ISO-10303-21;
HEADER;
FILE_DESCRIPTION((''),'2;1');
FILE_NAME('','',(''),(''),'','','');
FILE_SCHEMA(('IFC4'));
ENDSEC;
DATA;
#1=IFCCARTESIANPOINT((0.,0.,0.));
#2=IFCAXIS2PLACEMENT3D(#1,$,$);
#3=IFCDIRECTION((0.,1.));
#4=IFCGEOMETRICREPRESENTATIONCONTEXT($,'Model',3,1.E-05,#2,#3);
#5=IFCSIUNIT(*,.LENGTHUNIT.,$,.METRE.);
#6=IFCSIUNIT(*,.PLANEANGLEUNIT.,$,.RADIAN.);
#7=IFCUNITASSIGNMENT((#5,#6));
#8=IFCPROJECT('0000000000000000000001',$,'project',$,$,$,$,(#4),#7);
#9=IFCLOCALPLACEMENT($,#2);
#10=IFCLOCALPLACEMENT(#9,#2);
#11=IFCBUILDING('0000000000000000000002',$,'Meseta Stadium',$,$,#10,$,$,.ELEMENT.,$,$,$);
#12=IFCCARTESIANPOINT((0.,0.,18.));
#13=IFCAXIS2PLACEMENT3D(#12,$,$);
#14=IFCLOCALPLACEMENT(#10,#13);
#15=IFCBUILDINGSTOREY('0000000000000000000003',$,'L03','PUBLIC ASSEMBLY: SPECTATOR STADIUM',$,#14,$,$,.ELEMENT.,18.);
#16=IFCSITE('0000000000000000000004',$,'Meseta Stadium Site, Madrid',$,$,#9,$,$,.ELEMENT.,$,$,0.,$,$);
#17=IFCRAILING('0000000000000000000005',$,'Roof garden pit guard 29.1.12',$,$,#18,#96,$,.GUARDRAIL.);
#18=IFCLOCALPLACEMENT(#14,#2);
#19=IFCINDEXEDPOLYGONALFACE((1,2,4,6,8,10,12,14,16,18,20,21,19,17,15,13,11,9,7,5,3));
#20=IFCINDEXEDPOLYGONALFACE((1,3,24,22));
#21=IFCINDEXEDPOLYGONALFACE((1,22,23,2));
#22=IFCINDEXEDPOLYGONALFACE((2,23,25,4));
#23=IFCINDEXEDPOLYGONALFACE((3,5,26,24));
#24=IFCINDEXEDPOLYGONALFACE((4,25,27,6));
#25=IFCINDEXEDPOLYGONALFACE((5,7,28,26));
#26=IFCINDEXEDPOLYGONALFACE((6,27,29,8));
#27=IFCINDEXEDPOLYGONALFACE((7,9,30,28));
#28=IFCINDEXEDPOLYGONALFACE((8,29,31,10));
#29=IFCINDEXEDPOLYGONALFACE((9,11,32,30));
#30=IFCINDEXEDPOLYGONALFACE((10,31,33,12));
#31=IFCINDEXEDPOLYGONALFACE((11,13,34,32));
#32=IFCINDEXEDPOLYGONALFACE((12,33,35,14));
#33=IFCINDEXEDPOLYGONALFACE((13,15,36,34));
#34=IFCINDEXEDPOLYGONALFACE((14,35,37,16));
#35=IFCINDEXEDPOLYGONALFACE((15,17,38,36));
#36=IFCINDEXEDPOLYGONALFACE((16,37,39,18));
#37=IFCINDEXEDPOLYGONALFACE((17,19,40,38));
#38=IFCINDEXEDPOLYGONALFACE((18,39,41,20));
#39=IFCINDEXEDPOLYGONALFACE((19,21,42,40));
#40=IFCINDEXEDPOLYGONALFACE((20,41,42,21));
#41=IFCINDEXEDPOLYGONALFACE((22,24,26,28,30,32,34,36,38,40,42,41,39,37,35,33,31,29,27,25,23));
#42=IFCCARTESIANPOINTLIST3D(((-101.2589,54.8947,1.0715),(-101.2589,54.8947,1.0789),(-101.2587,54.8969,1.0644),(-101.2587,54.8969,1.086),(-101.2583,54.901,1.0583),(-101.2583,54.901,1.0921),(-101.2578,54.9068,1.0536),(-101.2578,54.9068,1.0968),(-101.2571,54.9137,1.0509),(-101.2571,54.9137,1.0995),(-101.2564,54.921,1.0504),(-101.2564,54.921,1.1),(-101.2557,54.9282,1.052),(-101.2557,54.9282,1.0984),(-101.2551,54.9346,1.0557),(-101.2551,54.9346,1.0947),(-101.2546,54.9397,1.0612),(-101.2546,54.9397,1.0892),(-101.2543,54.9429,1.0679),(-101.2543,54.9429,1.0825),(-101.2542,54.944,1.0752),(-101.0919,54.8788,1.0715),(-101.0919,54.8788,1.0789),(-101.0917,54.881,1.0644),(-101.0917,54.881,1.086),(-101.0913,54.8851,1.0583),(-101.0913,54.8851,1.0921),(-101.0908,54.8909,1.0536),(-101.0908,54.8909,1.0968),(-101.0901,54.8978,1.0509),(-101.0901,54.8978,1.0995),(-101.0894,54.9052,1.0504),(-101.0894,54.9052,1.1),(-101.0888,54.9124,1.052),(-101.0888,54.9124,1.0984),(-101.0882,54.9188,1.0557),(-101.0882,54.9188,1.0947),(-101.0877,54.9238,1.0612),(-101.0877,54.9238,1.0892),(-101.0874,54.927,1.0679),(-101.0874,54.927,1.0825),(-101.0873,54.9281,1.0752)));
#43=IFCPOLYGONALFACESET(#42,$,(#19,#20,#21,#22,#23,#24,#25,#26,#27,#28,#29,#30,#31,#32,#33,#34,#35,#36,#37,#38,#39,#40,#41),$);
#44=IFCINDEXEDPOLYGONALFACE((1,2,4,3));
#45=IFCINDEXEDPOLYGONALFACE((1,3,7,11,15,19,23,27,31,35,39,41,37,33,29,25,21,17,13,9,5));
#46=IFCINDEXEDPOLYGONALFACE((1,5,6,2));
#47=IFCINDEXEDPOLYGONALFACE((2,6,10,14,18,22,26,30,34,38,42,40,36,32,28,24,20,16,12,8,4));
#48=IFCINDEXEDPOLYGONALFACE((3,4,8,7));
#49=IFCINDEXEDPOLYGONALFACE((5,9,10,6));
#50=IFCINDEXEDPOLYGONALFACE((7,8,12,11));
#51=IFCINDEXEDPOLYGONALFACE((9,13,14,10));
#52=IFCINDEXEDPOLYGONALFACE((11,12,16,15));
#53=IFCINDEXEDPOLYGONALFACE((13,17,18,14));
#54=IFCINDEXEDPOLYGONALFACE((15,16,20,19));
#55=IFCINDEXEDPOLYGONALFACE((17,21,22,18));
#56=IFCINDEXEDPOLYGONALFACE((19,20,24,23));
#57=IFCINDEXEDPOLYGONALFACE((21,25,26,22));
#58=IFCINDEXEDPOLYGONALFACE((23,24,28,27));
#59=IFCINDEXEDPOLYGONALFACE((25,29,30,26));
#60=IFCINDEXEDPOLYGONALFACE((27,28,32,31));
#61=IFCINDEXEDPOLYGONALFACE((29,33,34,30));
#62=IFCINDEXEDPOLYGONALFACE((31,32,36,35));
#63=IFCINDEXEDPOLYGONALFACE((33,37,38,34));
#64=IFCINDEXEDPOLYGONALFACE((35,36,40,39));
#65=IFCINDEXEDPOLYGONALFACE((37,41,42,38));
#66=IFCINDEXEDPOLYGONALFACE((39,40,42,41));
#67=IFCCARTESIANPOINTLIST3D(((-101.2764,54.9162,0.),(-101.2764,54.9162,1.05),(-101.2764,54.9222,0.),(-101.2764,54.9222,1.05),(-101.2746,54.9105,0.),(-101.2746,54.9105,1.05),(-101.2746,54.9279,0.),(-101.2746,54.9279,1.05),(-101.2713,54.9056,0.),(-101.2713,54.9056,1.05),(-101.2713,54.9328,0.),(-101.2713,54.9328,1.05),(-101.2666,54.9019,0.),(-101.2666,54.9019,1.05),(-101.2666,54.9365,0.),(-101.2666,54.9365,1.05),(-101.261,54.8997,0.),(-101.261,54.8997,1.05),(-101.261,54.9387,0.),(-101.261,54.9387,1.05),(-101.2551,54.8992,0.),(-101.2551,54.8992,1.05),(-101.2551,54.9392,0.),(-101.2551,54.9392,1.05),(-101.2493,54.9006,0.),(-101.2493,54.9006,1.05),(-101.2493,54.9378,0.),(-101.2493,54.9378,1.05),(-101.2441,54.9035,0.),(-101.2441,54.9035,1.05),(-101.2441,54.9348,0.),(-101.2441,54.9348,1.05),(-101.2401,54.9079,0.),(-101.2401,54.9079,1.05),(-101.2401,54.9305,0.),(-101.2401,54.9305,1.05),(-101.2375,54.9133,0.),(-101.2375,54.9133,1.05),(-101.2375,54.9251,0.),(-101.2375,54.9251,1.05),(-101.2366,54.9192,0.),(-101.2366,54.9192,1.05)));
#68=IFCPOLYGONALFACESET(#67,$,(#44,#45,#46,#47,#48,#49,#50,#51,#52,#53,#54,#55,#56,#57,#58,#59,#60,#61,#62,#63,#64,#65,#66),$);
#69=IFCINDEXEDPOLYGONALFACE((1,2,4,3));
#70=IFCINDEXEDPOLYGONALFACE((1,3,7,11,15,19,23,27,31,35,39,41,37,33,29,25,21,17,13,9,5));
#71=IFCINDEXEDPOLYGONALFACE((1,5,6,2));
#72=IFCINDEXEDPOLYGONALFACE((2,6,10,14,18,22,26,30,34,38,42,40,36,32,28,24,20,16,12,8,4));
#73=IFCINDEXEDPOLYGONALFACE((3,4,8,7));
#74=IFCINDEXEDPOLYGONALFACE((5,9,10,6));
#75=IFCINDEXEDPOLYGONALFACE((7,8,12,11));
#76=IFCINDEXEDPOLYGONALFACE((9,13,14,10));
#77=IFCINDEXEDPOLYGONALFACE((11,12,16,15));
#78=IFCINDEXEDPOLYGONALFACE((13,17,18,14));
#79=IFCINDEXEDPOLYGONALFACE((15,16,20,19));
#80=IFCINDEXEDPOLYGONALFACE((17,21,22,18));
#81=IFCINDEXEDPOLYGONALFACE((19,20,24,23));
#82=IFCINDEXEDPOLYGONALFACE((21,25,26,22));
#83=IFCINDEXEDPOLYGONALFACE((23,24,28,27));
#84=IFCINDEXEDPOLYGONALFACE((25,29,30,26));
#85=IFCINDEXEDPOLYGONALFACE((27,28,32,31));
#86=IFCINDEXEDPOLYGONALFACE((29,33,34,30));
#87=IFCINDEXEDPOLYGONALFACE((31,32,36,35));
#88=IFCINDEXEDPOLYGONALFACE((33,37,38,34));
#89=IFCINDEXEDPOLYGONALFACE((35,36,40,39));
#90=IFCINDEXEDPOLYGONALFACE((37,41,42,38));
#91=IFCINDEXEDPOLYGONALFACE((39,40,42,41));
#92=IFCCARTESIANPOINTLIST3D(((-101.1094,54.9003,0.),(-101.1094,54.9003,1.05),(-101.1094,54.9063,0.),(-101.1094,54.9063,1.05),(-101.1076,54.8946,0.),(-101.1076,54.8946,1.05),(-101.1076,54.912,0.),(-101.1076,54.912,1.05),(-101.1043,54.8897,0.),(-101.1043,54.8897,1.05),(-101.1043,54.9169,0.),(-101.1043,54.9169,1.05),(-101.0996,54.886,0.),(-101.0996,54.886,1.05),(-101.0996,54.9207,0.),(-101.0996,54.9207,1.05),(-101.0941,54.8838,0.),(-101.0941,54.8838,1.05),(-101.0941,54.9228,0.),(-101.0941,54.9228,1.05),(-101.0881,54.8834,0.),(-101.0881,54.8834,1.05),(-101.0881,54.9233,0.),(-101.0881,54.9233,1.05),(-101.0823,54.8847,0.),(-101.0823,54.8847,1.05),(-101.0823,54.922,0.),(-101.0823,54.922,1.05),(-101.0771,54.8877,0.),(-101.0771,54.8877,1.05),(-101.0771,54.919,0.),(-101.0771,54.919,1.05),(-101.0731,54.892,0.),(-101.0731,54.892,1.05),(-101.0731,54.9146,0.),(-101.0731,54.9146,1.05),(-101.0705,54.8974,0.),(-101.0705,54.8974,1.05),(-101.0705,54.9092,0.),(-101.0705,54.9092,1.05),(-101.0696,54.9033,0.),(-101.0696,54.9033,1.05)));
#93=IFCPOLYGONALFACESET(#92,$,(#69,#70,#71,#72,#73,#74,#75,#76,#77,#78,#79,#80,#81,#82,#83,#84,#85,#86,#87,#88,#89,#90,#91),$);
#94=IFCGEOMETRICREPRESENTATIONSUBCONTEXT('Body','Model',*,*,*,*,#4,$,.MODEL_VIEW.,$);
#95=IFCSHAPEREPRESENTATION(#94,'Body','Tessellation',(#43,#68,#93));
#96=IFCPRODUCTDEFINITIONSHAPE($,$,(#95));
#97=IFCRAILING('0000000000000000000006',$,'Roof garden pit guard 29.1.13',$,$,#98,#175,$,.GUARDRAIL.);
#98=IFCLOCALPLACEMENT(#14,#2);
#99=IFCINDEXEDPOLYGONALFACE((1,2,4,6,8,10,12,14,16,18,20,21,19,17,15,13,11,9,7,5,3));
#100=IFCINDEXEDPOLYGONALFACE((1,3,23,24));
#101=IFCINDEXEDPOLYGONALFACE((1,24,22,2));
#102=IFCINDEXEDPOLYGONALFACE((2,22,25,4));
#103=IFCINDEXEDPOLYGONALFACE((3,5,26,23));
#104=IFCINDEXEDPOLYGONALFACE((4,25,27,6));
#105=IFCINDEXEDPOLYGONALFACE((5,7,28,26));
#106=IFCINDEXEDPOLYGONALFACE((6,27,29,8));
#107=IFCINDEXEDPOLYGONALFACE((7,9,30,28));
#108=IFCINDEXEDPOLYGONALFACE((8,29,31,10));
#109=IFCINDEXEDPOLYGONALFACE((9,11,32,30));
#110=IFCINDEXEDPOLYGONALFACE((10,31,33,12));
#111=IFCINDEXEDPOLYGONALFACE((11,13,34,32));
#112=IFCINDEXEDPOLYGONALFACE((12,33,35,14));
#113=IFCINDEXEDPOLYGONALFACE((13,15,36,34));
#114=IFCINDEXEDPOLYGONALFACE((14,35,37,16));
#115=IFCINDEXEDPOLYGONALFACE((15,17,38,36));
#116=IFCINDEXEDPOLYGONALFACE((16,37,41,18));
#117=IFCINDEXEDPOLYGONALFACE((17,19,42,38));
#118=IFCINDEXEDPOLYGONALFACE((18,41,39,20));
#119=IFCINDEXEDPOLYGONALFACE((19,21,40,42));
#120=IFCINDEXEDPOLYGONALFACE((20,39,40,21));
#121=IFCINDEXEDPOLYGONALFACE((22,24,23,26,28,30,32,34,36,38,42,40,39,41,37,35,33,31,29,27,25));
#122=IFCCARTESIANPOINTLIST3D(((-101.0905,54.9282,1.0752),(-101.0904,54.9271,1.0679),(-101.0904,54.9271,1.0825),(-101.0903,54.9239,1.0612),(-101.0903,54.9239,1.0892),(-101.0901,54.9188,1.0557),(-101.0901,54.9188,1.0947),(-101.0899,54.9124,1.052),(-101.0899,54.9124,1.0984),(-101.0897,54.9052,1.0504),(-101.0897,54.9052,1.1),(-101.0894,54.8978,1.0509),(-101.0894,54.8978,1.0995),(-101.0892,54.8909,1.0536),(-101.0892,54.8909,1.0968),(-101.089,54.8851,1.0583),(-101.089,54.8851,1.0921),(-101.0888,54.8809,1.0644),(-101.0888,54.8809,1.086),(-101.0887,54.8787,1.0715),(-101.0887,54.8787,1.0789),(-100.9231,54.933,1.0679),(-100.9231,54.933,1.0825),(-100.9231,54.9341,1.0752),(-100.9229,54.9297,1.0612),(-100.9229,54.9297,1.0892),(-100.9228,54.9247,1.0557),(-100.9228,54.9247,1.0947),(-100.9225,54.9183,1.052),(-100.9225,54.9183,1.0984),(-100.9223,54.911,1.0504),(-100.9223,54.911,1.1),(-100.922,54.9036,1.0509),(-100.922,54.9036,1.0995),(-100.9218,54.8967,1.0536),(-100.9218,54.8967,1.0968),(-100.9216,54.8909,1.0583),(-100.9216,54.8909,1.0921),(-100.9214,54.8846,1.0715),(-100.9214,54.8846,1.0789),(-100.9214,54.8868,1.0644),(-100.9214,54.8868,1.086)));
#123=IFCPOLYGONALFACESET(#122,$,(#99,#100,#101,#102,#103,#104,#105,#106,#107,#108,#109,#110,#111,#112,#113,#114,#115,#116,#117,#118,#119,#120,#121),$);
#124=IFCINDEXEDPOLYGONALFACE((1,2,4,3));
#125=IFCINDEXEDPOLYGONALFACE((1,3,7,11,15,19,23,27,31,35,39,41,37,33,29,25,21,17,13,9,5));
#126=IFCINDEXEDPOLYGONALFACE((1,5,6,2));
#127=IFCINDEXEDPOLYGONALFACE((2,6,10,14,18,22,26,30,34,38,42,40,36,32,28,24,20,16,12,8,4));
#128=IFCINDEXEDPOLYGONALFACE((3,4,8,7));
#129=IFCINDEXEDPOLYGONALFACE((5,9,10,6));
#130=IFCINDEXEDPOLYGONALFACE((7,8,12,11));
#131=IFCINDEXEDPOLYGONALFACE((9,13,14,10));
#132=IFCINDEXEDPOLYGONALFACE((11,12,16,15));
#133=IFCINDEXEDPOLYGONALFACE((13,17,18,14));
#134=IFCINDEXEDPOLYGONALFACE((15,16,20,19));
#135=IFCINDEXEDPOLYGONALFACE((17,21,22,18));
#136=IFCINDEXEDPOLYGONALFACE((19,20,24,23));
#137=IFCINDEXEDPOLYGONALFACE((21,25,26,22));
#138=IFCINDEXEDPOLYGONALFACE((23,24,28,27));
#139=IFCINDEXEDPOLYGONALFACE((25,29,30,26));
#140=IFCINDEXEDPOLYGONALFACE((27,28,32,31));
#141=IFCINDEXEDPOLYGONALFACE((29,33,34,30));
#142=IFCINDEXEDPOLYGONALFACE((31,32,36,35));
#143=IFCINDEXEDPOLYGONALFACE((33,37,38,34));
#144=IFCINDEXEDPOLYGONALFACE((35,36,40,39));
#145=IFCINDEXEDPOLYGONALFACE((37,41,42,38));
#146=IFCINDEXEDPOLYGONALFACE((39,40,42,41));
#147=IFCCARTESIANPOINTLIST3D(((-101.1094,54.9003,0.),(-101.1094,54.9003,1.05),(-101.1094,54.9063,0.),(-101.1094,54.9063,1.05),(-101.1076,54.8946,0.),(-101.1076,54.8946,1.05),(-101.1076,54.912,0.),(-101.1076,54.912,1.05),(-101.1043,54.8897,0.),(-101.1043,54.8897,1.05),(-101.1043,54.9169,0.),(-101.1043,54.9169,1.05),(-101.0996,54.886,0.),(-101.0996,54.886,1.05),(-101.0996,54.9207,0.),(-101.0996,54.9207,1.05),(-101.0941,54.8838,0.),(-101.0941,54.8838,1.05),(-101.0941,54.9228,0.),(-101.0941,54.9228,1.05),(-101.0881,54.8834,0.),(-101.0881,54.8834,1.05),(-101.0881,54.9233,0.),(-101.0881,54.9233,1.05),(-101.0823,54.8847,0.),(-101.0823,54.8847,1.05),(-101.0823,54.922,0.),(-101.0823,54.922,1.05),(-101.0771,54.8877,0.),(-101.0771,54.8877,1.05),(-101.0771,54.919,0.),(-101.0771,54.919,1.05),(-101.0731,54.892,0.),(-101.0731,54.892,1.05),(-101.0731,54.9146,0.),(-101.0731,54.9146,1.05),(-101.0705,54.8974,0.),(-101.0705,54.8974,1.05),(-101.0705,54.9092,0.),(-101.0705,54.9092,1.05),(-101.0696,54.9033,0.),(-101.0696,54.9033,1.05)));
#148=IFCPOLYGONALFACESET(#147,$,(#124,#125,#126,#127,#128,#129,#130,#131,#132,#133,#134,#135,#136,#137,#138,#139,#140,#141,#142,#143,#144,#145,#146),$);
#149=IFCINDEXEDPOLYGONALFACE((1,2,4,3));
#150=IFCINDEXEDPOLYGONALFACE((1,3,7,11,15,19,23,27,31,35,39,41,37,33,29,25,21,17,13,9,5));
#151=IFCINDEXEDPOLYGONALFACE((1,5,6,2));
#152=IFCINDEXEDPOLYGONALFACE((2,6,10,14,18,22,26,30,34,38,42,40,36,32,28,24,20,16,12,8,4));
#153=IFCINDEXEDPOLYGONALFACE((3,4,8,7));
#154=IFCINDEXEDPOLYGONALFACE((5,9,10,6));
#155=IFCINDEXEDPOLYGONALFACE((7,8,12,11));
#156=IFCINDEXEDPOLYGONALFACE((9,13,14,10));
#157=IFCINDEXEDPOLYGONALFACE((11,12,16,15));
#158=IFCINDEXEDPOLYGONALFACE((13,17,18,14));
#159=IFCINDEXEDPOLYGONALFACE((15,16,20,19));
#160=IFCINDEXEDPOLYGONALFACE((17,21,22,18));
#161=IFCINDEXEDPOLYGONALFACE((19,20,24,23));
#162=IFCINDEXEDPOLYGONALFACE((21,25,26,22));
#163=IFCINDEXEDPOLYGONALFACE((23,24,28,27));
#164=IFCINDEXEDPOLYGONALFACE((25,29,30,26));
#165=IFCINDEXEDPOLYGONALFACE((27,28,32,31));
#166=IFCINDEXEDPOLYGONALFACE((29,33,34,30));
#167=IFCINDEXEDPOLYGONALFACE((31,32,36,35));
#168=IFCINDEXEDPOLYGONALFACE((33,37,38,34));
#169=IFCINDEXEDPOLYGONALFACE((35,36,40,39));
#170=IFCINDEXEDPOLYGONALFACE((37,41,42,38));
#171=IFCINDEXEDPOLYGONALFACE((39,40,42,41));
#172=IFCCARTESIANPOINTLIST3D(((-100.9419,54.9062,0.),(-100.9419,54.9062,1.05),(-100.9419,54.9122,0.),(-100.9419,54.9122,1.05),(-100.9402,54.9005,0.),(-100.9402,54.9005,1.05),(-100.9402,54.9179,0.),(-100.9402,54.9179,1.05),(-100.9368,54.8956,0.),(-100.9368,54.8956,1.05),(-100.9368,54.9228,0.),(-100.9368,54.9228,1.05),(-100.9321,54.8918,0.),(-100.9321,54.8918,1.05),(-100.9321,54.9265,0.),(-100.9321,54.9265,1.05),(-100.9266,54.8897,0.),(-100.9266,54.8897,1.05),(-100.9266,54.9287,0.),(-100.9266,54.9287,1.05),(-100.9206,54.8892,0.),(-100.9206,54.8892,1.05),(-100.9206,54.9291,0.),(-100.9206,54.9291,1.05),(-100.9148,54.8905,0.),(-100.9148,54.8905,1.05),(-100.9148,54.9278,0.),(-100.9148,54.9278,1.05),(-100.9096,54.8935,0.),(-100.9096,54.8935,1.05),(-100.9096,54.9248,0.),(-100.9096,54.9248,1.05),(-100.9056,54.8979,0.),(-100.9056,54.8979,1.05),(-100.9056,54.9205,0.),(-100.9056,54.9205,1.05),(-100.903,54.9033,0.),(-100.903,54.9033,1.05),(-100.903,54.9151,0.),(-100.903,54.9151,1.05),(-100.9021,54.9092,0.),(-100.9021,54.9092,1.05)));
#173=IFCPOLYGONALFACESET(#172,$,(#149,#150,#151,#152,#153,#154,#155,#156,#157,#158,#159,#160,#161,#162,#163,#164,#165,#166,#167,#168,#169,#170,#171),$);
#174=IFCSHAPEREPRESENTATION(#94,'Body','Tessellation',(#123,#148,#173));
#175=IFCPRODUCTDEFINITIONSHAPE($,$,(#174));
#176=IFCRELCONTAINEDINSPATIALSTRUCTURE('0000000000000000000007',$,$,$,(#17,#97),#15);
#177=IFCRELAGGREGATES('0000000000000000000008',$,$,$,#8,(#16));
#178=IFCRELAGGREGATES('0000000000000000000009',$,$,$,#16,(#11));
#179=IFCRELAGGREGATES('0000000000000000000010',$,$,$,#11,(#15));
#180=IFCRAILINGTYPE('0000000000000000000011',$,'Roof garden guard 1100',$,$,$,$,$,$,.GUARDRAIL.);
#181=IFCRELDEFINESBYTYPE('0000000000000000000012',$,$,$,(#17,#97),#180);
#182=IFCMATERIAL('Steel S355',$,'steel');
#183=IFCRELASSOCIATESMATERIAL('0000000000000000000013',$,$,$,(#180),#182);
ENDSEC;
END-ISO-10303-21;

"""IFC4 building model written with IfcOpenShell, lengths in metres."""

from ifc_helpers import new_model, si_unit, direction, frame, origin, origin_2d, place, context, subcontext, project, spatial, circle, extrude, material, type_object, element, save


model = new_model("IFC4")

# Units and contexts
model_context = context("Model", 3, precision=1e-05, world=origin(), true_north=direction((0.0, 1.0)))
body_context = subcontext(model_context, "Body", "Model", "MODEL_VIEW")
ifc_project = project(units=[si_unit("LENGTHUNIT", "METRE"), si_unit("PLANEANGLEUNIT", "RADIAN")], contexts=[model_context])

# Site, building, storey
site_placement = place(None, origin())
site = spatial("IfcSite", under=ifc_project, at=site_placement, Name="Meseta Stadium Site, Madrid", CompositionType="ELEMENT", RefElevation=0.0)
building_placement = place(site_placement, origin())
building = spatial("IfcBuilding", under=site, at=building_placement, Name="Meseta Stadium", CompositionType="ELEMENT")
storey_placement = place(building_placement, frame((0.0, 0.0, 18.0)))
storey = spatial("IfcBuildingStorey", under=building, at=storey_placement, Name="L03", Description="PUBLIC ASSEMBLY: SPECTATOR STADIUM", CompositionType="ELEMENT", Elevation=18.0)

# Railings
ifc_material_1 = material(Name="Steel S355", Category="steel")
railing_type = type_object("IfcRailingType", Name="Roof garden guard 1100", PredefinedType="GUARDRAIL", material=ifc_material_1)
railing_1_placement = place(storey_placement, frame((-101.2566, 54.9192, 0.0)))
element("IfcRailing", 1, at=railing_1_placement, inside=storey, type_object=railing_type, Name="Roof garden pit guard 29.1.12", PredefinedType="GUARDRAIL", context=body_context, shape_type="SweptSolid", body=[
    extrude(circle(Radius=0.0249, at=origin_2d()), frame((0.0, 0.0, 1.0752), z_axis=(0.995515, -0.094603, 0.0), x_axis=(0.094603, 0.995515, 0.0)), (0.0, 0.0, 1.0), 0.1677),
    extrude(circle(Radius=0.02, at=origin_2d()), origin(), (0.0, 0.0, 1.0), 1.05),
    extrude(circle(Radius=0.02, at=origin_2d()), frame((0.167, -0.0159, 0.0)), (0.0, 0.0, 1.0), 1.05),
])
railing_2_placement = place(storey_placement, frame((-101.0896, 54.9033, 0.0)))
element("IfcRailing", 2, at=railing_2_placement, inside=storey, type_object=railing_type, Name="Roof garden pit guard 29.1.13", PredefinedType="GUARDRAIL", context=body_context, shape_type="SweptSolid", body=[
    extrude(circle(Radius=0.0249, at=origin_2d()), frame((0.0, 0.0, 1.0752), z_axis=(0.999389, 0.034964, 0.0), x_axis=(-0.034964, 0.999389, 0.0)), (0.0, 0.0, 1.0), 0.1675),
    extrude(circle(Radius=0.02, at=origin_2d()), origin(), (0.0, 0.0, 1.0), 1.05),
    extrude(circle(Radius=0.02, at=origin_2d()), frame((0.1675, 0.0059, 0.0)), (0.0, 0.0, 1.0), 1.05),
])

save(model, "model.ifc")
